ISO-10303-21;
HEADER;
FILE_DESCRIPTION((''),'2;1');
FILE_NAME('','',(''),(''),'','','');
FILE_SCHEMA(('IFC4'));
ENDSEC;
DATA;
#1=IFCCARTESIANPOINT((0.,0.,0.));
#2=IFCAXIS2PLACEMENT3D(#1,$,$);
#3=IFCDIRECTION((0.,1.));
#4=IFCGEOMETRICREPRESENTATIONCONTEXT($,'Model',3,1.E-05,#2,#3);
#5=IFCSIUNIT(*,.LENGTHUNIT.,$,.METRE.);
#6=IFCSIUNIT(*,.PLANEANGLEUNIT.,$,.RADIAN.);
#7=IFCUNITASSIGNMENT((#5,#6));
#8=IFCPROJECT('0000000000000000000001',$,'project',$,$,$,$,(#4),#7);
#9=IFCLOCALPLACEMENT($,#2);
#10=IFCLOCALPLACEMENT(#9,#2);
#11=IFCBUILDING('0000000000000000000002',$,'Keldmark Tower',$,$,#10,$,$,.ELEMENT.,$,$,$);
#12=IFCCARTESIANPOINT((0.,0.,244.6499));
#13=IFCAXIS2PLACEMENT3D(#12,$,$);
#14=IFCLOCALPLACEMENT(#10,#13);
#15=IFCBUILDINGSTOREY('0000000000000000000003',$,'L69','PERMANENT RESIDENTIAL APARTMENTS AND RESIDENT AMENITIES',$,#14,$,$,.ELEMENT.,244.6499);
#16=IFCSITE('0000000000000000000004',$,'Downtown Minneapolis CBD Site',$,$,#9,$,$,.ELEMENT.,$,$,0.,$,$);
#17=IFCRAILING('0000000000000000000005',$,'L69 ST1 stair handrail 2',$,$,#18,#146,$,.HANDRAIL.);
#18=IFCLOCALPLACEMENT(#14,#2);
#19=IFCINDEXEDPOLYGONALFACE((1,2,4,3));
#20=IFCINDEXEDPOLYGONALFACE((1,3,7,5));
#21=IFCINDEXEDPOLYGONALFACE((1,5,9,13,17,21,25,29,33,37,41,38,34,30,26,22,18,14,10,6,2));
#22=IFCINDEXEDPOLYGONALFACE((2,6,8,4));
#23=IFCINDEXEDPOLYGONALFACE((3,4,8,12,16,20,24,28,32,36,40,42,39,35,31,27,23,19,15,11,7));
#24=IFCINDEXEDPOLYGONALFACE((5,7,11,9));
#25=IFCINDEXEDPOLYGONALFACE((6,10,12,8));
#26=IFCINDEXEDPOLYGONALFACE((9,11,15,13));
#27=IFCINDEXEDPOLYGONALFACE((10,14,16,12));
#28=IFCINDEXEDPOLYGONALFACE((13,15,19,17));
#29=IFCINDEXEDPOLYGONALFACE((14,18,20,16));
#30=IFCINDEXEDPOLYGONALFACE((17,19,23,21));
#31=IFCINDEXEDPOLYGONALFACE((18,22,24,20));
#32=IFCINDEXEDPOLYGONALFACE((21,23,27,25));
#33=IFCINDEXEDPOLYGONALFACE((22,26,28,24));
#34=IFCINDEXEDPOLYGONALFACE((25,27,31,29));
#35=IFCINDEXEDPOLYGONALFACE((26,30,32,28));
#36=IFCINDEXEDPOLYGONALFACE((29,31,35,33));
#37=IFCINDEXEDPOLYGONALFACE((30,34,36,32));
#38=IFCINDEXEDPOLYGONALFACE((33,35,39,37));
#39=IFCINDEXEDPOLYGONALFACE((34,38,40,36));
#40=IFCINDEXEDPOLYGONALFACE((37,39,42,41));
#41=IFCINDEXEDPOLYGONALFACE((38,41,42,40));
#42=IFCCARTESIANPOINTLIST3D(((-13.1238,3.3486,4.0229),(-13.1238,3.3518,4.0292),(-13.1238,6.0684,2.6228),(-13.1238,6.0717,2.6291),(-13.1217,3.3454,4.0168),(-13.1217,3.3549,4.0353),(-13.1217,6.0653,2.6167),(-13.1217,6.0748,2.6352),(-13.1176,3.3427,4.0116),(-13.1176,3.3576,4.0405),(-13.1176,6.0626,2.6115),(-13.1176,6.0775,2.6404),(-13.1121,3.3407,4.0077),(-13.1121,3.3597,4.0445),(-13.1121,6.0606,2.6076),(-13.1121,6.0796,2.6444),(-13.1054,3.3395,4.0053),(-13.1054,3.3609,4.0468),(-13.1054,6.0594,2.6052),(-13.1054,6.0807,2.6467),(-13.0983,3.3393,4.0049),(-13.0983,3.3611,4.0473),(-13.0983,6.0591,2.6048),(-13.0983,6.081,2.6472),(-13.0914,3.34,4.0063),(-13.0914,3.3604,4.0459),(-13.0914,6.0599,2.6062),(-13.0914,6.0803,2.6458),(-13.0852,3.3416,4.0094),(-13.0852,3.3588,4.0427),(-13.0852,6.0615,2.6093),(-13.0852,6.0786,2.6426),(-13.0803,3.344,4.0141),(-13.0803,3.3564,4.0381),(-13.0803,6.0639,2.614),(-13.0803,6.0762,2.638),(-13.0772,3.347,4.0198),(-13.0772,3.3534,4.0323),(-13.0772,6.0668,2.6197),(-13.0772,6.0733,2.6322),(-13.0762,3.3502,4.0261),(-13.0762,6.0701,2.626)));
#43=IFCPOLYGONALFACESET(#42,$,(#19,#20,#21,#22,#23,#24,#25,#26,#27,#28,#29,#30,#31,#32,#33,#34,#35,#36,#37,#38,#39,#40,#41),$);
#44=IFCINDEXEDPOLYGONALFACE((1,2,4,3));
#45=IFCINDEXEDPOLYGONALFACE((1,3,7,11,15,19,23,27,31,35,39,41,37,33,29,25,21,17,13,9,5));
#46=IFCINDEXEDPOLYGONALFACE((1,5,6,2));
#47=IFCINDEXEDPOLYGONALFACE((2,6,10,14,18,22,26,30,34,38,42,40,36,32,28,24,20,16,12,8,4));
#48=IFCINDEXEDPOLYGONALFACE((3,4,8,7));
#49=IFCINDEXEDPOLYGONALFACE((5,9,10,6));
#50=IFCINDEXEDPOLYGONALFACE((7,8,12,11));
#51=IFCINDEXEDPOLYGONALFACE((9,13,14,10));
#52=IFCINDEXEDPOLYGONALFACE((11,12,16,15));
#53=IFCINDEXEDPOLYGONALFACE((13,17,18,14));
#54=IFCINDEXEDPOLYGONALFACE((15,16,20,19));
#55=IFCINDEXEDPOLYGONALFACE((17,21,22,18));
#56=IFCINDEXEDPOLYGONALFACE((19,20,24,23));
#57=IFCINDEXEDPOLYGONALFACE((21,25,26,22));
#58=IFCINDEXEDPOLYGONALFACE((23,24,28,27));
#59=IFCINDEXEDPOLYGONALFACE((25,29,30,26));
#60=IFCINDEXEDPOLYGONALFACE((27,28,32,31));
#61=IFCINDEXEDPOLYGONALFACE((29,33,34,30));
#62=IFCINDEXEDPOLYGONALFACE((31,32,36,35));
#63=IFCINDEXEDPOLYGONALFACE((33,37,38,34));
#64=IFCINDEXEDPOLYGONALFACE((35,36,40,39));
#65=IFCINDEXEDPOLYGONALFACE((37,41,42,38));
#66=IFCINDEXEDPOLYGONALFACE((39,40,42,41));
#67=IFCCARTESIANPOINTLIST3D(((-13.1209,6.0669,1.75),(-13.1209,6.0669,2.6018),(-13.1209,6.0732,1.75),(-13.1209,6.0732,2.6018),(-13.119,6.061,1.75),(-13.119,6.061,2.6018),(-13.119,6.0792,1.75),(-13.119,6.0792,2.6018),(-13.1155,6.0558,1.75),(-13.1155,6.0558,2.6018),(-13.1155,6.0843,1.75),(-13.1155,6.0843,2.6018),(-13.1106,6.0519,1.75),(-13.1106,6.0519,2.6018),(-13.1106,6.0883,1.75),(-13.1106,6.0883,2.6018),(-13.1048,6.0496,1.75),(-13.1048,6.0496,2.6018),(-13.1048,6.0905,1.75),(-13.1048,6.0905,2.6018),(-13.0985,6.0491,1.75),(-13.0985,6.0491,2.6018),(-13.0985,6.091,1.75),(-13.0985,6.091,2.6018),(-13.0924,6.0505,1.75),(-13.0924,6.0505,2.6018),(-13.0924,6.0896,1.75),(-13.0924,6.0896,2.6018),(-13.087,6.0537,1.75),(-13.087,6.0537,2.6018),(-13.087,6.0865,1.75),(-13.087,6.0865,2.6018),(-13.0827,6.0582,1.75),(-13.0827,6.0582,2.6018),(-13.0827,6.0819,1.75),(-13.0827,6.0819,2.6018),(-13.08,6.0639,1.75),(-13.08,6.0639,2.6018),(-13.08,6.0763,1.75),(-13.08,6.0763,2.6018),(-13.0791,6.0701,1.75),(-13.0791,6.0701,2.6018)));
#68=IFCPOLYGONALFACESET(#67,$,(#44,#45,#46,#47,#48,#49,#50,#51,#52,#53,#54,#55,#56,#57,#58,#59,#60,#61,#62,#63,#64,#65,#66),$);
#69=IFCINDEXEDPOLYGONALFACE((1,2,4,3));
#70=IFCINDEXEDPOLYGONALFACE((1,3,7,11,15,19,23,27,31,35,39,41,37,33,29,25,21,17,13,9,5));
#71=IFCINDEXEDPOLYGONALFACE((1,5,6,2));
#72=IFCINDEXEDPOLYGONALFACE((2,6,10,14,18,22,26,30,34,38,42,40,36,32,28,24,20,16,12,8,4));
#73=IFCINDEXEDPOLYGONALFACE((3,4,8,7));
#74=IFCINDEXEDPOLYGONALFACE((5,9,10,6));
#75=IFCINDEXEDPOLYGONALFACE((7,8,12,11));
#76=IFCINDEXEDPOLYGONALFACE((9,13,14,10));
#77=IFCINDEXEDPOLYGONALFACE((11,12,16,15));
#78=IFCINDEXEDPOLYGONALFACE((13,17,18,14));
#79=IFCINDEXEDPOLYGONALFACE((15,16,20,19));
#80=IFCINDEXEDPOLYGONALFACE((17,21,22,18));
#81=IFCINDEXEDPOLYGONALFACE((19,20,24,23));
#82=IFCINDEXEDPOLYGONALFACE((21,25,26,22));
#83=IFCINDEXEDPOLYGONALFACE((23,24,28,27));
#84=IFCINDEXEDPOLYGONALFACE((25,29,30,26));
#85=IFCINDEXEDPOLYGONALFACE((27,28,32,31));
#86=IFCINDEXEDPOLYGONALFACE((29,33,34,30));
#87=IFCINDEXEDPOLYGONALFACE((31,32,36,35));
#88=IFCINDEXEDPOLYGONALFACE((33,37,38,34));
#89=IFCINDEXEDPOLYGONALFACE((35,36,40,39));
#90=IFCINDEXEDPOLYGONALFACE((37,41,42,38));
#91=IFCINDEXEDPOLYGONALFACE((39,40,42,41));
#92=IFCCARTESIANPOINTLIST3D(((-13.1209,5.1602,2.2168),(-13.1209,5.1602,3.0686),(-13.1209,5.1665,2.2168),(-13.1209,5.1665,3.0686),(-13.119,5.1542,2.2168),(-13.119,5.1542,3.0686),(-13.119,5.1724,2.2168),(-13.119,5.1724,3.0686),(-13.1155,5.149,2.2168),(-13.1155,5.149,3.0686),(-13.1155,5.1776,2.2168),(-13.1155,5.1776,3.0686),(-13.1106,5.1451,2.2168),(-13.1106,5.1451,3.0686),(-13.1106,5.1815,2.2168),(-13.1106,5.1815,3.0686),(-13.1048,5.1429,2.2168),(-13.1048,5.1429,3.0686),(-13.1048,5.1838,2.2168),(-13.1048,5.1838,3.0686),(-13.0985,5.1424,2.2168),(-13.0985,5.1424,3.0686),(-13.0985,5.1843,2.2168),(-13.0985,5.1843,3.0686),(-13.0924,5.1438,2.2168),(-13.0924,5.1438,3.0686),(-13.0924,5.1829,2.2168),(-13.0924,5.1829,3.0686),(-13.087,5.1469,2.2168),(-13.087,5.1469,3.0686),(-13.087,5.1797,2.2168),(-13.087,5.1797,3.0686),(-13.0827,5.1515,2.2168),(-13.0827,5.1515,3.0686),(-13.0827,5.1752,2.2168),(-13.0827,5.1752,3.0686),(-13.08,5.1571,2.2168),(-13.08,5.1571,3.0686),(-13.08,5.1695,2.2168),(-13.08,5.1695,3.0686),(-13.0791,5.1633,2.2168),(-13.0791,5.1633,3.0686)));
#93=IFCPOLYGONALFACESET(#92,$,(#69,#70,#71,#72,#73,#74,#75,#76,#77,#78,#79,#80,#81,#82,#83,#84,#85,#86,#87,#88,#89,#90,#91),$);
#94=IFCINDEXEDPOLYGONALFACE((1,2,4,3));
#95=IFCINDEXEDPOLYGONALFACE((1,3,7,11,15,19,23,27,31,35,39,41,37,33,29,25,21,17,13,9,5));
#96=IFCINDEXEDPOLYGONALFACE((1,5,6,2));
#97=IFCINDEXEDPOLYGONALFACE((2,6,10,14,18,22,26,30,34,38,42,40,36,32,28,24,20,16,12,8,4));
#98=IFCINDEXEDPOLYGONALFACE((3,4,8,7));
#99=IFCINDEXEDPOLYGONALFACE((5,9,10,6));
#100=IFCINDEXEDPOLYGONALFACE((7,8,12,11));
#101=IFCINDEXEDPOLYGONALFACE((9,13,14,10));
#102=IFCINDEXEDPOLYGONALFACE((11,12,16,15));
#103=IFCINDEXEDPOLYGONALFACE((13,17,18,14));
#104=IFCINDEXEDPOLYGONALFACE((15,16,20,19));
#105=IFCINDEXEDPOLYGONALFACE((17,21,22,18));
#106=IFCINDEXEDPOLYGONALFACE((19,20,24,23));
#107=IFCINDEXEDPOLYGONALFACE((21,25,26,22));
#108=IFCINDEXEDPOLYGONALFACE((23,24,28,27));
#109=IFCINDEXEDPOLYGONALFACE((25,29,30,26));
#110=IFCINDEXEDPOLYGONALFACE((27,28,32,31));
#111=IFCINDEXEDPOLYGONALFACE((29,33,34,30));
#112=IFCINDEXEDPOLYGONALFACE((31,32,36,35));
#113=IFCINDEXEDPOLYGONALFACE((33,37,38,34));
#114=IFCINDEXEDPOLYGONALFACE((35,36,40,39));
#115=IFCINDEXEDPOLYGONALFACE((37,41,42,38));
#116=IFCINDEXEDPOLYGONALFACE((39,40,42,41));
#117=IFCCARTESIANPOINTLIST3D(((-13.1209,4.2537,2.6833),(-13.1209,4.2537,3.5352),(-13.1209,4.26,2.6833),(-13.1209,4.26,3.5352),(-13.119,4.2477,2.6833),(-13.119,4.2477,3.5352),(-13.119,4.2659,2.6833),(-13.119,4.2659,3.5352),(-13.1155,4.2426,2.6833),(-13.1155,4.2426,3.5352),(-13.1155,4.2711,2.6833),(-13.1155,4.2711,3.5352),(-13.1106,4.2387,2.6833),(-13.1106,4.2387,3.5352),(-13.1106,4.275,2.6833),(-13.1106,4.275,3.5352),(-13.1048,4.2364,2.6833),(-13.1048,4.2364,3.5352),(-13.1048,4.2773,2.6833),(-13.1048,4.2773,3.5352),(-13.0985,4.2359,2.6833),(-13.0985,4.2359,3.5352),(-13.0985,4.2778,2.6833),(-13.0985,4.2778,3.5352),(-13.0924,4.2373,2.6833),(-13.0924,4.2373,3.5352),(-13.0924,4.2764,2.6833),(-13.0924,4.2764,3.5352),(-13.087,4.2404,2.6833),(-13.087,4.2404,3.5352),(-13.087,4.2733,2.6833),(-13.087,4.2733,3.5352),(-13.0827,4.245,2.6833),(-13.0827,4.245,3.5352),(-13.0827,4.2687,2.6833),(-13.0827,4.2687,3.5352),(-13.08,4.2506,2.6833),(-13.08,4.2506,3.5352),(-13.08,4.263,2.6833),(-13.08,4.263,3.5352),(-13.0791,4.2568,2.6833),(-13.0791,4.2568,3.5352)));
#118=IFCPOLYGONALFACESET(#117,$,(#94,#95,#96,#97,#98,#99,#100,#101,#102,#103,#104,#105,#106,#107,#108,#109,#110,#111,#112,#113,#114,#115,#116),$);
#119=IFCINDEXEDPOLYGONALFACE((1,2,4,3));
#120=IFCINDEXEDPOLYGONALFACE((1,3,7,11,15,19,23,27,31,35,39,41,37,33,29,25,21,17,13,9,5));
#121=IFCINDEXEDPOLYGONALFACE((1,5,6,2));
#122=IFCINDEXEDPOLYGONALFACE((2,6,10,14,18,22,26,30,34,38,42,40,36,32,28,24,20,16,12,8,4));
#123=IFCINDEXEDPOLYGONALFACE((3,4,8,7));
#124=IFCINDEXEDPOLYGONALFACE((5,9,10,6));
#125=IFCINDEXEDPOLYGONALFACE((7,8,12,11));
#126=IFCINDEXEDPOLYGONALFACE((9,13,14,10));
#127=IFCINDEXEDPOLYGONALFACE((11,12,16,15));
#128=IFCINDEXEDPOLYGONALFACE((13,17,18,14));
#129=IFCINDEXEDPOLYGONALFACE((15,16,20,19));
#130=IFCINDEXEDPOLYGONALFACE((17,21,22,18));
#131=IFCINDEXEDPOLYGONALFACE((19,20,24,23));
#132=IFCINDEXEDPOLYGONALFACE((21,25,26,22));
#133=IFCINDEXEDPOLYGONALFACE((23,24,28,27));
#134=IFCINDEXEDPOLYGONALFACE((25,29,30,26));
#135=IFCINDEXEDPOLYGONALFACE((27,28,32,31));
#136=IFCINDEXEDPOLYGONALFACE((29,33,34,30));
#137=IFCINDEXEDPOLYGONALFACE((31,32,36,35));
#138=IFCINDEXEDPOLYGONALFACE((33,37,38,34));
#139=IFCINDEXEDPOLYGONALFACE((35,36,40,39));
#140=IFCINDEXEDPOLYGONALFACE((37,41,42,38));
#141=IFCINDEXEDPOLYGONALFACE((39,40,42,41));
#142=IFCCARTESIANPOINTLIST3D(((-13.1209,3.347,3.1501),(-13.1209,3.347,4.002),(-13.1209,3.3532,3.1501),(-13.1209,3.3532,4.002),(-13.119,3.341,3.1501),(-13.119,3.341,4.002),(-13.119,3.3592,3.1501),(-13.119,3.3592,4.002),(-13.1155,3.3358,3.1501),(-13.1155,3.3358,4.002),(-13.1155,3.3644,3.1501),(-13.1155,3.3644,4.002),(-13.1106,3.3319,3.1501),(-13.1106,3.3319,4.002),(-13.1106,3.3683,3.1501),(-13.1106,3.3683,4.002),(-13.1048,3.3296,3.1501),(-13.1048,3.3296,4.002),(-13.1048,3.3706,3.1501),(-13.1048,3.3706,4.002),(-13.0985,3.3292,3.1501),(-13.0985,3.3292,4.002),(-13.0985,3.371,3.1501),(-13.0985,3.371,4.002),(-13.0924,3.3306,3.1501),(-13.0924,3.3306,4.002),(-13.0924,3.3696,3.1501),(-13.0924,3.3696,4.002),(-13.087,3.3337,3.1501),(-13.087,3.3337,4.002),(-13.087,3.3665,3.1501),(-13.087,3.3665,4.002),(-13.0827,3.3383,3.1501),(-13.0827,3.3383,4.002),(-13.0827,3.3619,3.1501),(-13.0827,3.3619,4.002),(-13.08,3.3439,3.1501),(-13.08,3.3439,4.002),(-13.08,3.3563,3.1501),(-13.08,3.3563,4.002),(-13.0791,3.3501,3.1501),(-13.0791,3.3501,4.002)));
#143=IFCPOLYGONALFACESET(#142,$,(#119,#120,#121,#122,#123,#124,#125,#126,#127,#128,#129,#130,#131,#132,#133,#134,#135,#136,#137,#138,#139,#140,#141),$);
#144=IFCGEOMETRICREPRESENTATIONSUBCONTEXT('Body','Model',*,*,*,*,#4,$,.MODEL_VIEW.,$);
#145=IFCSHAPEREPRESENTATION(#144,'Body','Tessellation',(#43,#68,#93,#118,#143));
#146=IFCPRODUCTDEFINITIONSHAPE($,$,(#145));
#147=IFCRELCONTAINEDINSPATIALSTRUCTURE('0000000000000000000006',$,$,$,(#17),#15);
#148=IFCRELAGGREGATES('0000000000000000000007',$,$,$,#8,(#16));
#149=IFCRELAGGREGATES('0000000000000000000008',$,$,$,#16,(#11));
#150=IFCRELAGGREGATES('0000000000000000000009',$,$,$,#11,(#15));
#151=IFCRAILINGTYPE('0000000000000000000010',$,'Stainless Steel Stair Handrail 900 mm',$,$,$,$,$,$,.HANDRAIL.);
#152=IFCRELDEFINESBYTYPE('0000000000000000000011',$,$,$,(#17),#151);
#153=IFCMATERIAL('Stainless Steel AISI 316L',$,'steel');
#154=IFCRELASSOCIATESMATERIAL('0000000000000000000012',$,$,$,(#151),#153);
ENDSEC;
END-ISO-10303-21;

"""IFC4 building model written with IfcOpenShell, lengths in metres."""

from ifc_helpers import new_model, si_unit, direction, frame, origin, origin_2d, place, context, subcontext, project, spatial, circle, extrude, material, type_object, element, save


model = new_model("IFC4")

# Units and contexts
model_context = context("Model", 3, precision=1e-05, world=origin(), true_north=direction((0.0, 1.0)))
body_context = subcontext(model_context, "Body", "Model", "MODEL_VIEW")
ifc_project = project(units=[si_unit("LENGTHUNIT", "METRE"), si_unit("PLANEANGLEUNIT", "RADIAN")], contexts=[model_context])

# Site, building, storey
site_placement = place(None, origin())
site = spatial("IfcSite", under=ifc_project, at=site_placement, Name="Downtown Minneapolis CBD Site", CompositionType="ELEMENT", RefElevation=0.0)
building_placement = place(site_placement, origin())
building = spatial("IfcBuilding", under=site, at=building_placement, Name="Keldmark Tower", CompositionType="ELEMENT")
storey_placement = place(building_placement, frame((0.0, 0.0, 244.6499)))
storey = spatial("IfcBuildingStorey", under=building, at=storey_placement, Name="L69", Description="PERMANENT RESIDENTIAL APARTMENTS AND RESIDENT AMENITIES", CompositionType="ELEMENT", Elevation=244.6499)

# Railing
ifc_material_1 = material(Name="Stainless Steel AISI 316L", Category="steel")
railing_type_1 = type_object("IfcRailingType", Name="Stainless Steel Stair Handrail 900 mm", PredefinedType="HANDRAIL", material=ifc_material_1)
railing_1_placement = place(storey_placement, frame((-13.1001, 6.0701, 1.75)))
element("IfcRailing", 1, at=railing_1_placement, inside=storey, type_object=railing_type_1, Name="L69 ST1 stair handrail 2", PredefinedType="HANDRAIL", context=body_context, shape_type="SweptSolid", body=[
    extrude(circle(Radius=0.0239, at=origin_2d()), frame((0.0, 0.0, 0.876), z_axis=(0.0, -0.889114, 0.457685), x_axis=(1.0, 0.0, 0.0)), (0.0, 0.0, 1.0), 3.0591),
    extrude(circle(Radius=0.021, at=origin_2d()), origin(), (0.0, 0.0, 1.0), 0.8518),
    extrude(circle(Radius=0.021, at=origin_2d()), frame((0.0, -0.9067, 0.4668)), (0.0, 0.0, 1.0), 0.8518),
    extrude(circle(Radius=0.021, at=origin_2d()), frame((0.0, -1.8132, 0.9333)), (0.0, 0.0, 1.0), 0.8518),
    extrude(circle(Radius=0.021, at=origin_2d()), frame((0.0, -2.72, 1.4001)), (0.0, 0.0, 1.0), 0.8518),
])

save(model, "model.ifc")
